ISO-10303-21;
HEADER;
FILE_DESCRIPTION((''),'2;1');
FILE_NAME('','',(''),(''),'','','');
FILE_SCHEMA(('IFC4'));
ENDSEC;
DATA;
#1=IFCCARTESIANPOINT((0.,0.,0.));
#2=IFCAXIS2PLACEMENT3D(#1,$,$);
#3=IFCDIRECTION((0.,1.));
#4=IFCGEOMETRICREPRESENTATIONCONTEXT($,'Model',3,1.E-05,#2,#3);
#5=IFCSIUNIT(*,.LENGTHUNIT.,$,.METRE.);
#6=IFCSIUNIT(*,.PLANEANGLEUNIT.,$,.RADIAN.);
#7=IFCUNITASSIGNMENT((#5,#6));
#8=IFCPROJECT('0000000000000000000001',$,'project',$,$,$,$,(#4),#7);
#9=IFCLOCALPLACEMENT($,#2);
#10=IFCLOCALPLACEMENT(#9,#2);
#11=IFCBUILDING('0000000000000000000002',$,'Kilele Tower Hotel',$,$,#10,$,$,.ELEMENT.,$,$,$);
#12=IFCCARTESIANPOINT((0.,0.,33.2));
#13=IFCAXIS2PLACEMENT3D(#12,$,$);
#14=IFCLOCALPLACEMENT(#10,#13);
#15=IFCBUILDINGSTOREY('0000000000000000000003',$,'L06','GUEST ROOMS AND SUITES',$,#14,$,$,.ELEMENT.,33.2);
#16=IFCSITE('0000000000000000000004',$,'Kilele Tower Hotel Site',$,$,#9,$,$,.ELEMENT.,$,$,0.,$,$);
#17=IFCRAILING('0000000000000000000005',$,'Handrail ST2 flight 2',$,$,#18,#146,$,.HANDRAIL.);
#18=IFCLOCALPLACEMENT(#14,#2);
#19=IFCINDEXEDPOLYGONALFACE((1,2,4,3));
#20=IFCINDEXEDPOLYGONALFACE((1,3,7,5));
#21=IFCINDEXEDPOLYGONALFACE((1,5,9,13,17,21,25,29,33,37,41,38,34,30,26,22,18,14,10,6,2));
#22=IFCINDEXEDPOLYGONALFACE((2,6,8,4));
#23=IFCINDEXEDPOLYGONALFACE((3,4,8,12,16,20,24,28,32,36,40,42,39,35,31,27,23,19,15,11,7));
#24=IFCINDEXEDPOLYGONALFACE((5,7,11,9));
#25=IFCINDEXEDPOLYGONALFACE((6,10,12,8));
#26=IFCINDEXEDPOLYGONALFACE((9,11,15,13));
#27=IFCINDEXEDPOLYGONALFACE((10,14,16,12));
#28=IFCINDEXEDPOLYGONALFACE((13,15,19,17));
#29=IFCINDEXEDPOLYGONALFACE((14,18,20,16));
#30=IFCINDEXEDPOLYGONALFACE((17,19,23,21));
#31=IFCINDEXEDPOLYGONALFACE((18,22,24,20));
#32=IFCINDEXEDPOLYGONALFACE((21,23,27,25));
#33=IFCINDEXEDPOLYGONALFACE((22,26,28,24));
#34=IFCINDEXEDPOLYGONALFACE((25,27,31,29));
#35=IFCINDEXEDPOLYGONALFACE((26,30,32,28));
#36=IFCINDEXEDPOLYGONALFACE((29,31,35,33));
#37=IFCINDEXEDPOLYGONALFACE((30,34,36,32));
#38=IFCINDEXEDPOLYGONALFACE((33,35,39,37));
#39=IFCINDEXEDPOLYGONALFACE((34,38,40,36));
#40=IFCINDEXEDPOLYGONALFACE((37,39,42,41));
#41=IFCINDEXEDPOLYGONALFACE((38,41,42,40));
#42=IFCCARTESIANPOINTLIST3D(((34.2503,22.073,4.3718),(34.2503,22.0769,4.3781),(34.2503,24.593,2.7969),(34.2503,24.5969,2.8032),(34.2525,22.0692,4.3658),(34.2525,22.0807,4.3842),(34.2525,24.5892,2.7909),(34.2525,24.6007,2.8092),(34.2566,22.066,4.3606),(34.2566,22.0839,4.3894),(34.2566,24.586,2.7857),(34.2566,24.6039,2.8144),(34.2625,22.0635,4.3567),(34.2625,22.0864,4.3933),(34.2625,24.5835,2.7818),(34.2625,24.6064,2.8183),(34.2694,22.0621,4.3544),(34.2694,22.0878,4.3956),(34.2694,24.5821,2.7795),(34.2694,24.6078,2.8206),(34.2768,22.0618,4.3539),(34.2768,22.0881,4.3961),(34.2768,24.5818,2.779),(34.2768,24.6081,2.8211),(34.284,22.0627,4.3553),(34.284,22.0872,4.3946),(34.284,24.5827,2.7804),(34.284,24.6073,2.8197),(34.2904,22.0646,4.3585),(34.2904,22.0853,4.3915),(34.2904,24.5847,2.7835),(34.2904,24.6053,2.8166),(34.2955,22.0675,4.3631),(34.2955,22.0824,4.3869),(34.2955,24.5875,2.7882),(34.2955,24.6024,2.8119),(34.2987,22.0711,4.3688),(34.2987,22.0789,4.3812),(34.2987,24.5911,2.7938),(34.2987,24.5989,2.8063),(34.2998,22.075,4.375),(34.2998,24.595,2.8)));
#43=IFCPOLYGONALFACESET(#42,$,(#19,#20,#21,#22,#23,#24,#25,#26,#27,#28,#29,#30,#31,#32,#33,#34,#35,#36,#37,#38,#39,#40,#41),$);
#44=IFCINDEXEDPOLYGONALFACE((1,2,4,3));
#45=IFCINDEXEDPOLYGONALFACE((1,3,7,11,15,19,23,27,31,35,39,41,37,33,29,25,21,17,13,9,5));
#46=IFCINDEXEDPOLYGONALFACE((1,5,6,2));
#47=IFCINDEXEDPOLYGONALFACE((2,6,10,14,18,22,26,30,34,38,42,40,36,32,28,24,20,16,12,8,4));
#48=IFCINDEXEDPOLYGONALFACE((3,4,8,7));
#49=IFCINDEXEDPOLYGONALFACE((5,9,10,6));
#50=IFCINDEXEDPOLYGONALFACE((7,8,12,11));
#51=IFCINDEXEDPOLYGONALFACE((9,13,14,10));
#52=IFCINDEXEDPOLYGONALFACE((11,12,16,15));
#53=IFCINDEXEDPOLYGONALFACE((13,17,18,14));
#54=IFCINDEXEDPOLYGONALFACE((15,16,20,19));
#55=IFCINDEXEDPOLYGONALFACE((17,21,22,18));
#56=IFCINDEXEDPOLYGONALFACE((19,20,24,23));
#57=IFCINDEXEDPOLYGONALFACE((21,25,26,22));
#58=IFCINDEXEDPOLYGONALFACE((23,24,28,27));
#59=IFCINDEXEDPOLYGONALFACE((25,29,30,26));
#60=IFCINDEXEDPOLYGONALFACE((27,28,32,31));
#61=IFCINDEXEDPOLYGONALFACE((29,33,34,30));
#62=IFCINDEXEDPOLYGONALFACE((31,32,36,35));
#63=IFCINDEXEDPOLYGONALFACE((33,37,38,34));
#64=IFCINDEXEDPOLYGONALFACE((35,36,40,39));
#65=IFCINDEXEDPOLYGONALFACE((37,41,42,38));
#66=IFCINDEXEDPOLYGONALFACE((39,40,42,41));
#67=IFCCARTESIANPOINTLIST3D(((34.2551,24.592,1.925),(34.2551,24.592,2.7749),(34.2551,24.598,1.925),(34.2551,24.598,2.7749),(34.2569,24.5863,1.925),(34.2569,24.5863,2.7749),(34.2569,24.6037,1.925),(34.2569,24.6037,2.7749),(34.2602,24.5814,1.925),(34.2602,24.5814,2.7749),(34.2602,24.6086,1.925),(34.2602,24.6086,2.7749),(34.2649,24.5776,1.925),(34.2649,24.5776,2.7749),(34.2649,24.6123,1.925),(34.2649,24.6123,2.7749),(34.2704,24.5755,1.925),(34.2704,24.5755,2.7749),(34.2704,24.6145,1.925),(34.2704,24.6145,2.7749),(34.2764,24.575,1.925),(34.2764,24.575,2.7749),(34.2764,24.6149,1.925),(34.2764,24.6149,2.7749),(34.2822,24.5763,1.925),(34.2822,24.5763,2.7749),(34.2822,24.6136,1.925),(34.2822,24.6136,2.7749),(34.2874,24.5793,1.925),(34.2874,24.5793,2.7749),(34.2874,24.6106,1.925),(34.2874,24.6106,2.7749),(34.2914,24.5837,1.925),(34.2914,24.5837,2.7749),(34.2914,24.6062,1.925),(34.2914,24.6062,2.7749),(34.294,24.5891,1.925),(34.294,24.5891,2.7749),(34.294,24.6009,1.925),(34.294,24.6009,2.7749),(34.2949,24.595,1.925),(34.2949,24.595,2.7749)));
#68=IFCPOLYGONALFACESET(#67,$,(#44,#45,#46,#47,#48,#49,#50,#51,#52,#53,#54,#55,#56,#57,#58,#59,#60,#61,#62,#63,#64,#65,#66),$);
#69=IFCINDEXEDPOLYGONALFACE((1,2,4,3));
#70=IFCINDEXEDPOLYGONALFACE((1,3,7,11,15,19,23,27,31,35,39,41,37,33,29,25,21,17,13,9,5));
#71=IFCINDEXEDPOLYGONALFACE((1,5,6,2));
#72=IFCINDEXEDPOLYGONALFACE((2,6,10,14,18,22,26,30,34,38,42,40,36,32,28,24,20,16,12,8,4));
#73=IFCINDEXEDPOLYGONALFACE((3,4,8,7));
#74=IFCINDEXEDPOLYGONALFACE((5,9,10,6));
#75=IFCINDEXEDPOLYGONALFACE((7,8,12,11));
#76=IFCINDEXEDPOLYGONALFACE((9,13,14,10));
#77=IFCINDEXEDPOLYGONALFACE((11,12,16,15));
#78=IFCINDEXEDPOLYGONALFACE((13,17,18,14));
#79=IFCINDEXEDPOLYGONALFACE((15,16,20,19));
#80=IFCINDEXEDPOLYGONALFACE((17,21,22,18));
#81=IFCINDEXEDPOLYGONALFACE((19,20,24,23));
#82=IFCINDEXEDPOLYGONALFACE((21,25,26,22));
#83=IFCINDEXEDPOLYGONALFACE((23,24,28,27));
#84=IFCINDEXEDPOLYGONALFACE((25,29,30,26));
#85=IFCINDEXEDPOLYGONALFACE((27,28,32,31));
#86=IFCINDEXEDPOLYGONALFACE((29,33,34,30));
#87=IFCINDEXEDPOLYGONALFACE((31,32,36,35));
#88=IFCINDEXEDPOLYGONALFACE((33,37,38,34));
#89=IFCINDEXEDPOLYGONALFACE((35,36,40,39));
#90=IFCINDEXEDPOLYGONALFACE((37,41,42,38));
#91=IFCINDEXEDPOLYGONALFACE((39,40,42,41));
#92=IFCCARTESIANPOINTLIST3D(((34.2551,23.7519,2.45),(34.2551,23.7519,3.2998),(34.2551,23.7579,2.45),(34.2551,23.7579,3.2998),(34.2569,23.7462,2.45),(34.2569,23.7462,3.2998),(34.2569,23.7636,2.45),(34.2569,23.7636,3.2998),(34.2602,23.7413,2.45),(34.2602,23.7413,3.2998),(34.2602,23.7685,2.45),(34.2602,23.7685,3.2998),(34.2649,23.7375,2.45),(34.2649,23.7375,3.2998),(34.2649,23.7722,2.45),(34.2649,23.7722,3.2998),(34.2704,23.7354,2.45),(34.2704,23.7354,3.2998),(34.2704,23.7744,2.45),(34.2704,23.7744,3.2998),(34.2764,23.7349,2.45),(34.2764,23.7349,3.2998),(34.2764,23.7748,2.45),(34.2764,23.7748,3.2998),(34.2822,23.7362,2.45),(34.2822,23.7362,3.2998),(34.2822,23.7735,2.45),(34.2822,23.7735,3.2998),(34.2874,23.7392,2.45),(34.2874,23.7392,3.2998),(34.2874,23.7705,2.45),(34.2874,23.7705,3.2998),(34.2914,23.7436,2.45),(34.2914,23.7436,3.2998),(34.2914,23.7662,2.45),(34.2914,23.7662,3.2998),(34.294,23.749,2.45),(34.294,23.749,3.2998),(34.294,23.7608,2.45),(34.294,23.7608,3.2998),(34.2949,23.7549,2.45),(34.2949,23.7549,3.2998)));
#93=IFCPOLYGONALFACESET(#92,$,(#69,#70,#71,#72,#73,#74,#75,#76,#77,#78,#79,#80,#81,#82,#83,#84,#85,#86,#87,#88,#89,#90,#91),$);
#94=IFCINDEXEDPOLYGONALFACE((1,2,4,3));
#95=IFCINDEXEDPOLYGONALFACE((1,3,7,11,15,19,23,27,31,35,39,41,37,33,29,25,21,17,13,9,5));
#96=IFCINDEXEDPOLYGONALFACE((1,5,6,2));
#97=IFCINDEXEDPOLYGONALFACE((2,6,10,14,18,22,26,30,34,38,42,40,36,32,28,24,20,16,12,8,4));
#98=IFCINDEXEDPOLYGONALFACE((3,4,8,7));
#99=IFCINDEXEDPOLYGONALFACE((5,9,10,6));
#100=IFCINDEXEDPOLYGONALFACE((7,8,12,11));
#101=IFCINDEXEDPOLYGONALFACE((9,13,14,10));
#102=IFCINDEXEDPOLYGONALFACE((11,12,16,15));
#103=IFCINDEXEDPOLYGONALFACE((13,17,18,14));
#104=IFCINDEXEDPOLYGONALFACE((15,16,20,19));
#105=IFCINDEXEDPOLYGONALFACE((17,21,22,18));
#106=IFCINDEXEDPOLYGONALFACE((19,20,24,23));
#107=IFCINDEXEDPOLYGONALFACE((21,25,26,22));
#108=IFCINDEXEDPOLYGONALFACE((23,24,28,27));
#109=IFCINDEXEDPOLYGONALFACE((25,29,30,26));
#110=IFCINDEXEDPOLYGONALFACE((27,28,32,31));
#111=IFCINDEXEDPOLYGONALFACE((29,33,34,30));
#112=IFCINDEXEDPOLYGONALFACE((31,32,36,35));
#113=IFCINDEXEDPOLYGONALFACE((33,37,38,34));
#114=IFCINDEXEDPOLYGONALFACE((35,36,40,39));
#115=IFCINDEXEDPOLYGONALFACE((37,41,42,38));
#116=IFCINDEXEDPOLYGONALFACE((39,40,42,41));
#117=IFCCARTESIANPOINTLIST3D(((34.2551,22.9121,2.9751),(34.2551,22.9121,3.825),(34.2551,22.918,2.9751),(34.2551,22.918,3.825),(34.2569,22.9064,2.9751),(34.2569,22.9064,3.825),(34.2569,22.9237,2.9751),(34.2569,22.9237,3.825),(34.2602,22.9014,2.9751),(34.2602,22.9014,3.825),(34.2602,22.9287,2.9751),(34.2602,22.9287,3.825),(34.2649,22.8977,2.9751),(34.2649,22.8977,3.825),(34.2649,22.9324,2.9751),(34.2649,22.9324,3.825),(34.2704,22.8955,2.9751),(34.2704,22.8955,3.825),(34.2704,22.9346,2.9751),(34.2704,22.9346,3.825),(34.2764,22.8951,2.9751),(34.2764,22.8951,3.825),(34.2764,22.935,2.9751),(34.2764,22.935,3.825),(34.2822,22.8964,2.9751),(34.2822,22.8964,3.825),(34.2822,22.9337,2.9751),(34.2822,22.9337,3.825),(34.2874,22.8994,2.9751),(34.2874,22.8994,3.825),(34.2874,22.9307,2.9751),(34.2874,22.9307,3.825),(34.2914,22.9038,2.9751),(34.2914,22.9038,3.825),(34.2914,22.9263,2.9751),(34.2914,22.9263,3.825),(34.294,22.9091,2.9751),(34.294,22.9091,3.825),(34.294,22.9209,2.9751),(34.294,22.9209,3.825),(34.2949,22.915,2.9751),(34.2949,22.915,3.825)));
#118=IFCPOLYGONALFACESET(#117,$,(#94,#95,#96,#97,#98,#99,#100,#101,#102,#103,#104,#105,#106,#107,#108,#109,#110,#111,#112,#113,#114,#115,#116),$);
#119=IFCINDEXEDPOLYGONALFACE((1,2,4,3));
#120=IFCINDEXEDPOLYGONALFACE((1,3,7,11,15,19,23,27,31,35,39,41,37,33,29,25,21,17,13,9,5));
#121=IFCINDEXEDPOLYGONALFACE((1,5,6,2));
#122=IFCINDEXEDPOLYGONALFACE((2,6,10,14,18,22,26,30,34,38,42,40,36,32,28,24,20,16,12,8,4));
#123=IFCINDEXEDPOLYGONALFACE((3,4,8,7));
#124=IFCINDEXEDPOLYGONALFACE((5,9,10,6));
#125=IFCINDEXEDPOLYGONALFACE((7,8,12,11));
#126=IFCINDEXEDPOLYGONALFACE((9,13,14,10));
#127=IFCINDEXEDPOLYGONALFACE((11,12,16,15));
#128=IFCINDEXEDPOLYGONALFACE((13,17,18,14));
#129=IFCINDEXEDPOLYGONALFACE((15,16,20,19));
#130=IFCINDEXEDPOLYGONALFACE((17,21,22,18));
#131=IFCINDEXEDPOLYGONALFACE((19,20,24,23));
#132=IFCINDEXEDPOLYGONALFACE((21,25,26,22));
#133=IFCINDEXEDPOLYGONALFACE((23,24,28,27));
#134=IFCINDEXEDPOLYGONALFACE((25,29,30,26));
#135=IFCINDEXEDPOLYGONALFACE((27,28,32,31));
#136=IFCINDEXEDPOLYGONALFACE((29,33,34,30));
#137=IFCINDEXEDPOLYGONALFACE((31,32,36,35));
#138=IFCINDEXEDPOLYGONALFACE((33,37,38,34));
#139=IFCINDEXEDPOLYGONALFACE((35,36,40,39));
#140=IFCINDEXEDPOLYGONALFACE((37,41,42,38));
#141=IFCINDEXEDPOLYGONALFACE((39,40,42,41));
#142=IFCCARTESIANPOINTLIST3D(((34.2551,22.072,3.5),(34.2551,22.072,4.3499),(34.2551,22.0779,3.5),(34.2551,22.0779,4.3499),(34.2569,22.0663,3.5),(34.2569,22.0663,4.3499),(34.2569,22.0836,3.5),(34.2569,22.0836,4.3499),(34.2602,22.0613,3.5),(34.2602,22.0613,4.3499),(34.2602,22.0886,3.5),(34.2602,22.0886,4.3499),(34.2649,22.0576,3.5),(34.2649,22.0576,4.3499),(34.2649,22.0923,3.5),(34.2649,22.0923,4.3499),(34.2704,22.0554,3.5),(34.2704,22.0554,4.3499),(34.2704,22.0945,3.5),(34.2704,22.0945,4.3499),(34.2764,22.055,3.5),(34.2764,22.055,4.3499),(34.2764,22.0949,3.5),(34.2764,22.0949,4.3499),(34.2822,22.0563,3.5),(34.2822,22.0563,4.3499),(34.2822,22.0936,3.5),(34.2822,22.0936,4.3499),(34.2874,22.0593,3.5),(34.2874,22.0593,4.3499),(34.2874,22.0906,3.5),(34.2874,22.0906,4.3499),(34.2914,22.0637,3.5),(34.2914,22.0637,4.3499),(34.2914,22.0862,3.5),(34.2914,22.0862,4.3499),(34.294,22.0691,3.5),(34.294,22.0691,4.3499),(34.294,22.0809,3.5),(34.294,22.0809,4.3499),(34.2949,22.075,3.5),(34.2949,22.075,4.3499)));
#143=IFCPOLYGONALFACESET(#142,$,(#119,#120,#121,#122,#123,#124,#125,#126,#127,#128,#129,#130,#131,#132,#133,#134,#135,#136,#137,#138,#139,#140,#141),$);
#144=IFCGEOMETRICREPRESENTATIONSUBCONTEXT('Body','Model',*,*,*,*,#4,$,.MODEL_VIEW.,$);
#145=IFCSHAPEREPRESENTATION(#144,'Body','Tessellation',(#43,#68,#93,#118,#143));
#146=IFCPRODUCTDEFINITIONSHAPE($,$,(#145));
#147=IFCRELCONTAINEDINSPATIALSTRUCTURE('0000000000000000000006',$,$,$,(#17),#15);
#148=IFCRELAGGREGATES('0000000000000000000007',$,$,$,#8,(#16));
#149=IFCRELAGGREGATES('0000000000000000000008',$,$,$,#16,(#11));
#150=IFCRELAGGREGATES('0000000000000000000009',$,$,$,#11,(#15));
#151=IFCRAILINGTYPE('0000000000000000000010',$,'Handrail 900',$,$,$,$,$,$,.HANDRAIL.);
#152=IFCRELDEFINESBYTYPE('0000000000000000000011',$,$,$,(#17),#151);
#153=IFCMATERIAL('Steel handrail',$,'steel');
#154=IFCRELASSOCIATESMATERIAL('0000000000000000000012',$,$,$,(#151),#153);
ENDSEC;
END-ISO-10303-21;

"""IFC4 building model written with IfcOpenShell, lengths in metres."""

from ifc_helpers import new_model, si_unit, direction, frame, origin, origin_2d, place, context, subcontext, project, spatial, circle, extrude, material, type_object, element, save


model = new_model("IFC4")

# Units and contexts
model_context = context("Model", 3, precision=1e-05, world=origin(), true_north=direction((0.0, 1.0)))
body_context = subcontext(model_context, "Body", "Model", "MODEL_VIEW")
ifc_project = project(units=[si_unit("LENGTHUNIT", "METRE"), si_unit("PLANEANGLEUNIT", "RADIAN")], contexts=[model_context])

# Site, building, storey
site_placement = place(None, origin())
site = spatial("IfcSite", under=ifc_project, at=site_placement, Name="Kilele Tower Hotel Site", CompositionType="ELEMENT", RefElevation=0.0)
building_placement = place(site_placement, origin())
building = spatial("IfcBuilding", under=site, at=building_placement, Name="Kilele Tower Hotel", CompositionType="ELEMENT")
storey_placement = place(building_placement, frame((0.0, 0.0, 33.2)))
storey = spatial("IfcBuildingStorey", under=building, at=storey_placement, Name="L06", Description="GUEST ROOMS AND SUITES", CompositionType="ELEMENT", Elevation=33.2)

# Railing
ifc_material_1 = material(Name="Steel handrail", Category="steel")
railing_type_1 = type_object("IfcRailingType", Name="Handrail 900", PredefinedType="HANDRAIL", material=ifc_material_1)
for number, where, name in (
    (1, (34.2749, 24.595, 1.925), "Handrail ST2 flight 2"),
):
    element("IfcRailing", number, at=place(storey_placement, frame(where)), inside=storey, type_object=railing_type_1, Name=name, PredefinedType="HANDRAIL", context=body_context, shape_type="SweptSolid", body=[
        extrude(circle(Radius=0.0249, at=origin_2d()), frame((0.0, 0.0, 0.875), z_axis=(0.0, -0.848008, 0.529984), x_axis=(1.0, 0.0, 0.0)), (0.0, 0.0, 1.0), 2.9717),
        extrude(circle(Radius=0.02, at=origin_2d()), origin(), (0.0, 0.0, 1.0), 0.8499),
        extrude(circle(Radius=0.02, at=origin_2d()), frame((0.0, -0.8401, 0.5249)), (0.0, 0.0, 1.0), 0.8499),
        extrude(circle(Radius=0.02, at=origin_2d()), frame((0.0, -1.6799, 1.05)), (0.0, 0.0, 1.0), 0.8499),
        extrude(circle(Radius=0.02, at=origin_2d()), frame((0.0, -2.52, 1.575)), (0.0, 0.0, 1.0), 0.8499),
    ])

save(model, "model.ifc")
